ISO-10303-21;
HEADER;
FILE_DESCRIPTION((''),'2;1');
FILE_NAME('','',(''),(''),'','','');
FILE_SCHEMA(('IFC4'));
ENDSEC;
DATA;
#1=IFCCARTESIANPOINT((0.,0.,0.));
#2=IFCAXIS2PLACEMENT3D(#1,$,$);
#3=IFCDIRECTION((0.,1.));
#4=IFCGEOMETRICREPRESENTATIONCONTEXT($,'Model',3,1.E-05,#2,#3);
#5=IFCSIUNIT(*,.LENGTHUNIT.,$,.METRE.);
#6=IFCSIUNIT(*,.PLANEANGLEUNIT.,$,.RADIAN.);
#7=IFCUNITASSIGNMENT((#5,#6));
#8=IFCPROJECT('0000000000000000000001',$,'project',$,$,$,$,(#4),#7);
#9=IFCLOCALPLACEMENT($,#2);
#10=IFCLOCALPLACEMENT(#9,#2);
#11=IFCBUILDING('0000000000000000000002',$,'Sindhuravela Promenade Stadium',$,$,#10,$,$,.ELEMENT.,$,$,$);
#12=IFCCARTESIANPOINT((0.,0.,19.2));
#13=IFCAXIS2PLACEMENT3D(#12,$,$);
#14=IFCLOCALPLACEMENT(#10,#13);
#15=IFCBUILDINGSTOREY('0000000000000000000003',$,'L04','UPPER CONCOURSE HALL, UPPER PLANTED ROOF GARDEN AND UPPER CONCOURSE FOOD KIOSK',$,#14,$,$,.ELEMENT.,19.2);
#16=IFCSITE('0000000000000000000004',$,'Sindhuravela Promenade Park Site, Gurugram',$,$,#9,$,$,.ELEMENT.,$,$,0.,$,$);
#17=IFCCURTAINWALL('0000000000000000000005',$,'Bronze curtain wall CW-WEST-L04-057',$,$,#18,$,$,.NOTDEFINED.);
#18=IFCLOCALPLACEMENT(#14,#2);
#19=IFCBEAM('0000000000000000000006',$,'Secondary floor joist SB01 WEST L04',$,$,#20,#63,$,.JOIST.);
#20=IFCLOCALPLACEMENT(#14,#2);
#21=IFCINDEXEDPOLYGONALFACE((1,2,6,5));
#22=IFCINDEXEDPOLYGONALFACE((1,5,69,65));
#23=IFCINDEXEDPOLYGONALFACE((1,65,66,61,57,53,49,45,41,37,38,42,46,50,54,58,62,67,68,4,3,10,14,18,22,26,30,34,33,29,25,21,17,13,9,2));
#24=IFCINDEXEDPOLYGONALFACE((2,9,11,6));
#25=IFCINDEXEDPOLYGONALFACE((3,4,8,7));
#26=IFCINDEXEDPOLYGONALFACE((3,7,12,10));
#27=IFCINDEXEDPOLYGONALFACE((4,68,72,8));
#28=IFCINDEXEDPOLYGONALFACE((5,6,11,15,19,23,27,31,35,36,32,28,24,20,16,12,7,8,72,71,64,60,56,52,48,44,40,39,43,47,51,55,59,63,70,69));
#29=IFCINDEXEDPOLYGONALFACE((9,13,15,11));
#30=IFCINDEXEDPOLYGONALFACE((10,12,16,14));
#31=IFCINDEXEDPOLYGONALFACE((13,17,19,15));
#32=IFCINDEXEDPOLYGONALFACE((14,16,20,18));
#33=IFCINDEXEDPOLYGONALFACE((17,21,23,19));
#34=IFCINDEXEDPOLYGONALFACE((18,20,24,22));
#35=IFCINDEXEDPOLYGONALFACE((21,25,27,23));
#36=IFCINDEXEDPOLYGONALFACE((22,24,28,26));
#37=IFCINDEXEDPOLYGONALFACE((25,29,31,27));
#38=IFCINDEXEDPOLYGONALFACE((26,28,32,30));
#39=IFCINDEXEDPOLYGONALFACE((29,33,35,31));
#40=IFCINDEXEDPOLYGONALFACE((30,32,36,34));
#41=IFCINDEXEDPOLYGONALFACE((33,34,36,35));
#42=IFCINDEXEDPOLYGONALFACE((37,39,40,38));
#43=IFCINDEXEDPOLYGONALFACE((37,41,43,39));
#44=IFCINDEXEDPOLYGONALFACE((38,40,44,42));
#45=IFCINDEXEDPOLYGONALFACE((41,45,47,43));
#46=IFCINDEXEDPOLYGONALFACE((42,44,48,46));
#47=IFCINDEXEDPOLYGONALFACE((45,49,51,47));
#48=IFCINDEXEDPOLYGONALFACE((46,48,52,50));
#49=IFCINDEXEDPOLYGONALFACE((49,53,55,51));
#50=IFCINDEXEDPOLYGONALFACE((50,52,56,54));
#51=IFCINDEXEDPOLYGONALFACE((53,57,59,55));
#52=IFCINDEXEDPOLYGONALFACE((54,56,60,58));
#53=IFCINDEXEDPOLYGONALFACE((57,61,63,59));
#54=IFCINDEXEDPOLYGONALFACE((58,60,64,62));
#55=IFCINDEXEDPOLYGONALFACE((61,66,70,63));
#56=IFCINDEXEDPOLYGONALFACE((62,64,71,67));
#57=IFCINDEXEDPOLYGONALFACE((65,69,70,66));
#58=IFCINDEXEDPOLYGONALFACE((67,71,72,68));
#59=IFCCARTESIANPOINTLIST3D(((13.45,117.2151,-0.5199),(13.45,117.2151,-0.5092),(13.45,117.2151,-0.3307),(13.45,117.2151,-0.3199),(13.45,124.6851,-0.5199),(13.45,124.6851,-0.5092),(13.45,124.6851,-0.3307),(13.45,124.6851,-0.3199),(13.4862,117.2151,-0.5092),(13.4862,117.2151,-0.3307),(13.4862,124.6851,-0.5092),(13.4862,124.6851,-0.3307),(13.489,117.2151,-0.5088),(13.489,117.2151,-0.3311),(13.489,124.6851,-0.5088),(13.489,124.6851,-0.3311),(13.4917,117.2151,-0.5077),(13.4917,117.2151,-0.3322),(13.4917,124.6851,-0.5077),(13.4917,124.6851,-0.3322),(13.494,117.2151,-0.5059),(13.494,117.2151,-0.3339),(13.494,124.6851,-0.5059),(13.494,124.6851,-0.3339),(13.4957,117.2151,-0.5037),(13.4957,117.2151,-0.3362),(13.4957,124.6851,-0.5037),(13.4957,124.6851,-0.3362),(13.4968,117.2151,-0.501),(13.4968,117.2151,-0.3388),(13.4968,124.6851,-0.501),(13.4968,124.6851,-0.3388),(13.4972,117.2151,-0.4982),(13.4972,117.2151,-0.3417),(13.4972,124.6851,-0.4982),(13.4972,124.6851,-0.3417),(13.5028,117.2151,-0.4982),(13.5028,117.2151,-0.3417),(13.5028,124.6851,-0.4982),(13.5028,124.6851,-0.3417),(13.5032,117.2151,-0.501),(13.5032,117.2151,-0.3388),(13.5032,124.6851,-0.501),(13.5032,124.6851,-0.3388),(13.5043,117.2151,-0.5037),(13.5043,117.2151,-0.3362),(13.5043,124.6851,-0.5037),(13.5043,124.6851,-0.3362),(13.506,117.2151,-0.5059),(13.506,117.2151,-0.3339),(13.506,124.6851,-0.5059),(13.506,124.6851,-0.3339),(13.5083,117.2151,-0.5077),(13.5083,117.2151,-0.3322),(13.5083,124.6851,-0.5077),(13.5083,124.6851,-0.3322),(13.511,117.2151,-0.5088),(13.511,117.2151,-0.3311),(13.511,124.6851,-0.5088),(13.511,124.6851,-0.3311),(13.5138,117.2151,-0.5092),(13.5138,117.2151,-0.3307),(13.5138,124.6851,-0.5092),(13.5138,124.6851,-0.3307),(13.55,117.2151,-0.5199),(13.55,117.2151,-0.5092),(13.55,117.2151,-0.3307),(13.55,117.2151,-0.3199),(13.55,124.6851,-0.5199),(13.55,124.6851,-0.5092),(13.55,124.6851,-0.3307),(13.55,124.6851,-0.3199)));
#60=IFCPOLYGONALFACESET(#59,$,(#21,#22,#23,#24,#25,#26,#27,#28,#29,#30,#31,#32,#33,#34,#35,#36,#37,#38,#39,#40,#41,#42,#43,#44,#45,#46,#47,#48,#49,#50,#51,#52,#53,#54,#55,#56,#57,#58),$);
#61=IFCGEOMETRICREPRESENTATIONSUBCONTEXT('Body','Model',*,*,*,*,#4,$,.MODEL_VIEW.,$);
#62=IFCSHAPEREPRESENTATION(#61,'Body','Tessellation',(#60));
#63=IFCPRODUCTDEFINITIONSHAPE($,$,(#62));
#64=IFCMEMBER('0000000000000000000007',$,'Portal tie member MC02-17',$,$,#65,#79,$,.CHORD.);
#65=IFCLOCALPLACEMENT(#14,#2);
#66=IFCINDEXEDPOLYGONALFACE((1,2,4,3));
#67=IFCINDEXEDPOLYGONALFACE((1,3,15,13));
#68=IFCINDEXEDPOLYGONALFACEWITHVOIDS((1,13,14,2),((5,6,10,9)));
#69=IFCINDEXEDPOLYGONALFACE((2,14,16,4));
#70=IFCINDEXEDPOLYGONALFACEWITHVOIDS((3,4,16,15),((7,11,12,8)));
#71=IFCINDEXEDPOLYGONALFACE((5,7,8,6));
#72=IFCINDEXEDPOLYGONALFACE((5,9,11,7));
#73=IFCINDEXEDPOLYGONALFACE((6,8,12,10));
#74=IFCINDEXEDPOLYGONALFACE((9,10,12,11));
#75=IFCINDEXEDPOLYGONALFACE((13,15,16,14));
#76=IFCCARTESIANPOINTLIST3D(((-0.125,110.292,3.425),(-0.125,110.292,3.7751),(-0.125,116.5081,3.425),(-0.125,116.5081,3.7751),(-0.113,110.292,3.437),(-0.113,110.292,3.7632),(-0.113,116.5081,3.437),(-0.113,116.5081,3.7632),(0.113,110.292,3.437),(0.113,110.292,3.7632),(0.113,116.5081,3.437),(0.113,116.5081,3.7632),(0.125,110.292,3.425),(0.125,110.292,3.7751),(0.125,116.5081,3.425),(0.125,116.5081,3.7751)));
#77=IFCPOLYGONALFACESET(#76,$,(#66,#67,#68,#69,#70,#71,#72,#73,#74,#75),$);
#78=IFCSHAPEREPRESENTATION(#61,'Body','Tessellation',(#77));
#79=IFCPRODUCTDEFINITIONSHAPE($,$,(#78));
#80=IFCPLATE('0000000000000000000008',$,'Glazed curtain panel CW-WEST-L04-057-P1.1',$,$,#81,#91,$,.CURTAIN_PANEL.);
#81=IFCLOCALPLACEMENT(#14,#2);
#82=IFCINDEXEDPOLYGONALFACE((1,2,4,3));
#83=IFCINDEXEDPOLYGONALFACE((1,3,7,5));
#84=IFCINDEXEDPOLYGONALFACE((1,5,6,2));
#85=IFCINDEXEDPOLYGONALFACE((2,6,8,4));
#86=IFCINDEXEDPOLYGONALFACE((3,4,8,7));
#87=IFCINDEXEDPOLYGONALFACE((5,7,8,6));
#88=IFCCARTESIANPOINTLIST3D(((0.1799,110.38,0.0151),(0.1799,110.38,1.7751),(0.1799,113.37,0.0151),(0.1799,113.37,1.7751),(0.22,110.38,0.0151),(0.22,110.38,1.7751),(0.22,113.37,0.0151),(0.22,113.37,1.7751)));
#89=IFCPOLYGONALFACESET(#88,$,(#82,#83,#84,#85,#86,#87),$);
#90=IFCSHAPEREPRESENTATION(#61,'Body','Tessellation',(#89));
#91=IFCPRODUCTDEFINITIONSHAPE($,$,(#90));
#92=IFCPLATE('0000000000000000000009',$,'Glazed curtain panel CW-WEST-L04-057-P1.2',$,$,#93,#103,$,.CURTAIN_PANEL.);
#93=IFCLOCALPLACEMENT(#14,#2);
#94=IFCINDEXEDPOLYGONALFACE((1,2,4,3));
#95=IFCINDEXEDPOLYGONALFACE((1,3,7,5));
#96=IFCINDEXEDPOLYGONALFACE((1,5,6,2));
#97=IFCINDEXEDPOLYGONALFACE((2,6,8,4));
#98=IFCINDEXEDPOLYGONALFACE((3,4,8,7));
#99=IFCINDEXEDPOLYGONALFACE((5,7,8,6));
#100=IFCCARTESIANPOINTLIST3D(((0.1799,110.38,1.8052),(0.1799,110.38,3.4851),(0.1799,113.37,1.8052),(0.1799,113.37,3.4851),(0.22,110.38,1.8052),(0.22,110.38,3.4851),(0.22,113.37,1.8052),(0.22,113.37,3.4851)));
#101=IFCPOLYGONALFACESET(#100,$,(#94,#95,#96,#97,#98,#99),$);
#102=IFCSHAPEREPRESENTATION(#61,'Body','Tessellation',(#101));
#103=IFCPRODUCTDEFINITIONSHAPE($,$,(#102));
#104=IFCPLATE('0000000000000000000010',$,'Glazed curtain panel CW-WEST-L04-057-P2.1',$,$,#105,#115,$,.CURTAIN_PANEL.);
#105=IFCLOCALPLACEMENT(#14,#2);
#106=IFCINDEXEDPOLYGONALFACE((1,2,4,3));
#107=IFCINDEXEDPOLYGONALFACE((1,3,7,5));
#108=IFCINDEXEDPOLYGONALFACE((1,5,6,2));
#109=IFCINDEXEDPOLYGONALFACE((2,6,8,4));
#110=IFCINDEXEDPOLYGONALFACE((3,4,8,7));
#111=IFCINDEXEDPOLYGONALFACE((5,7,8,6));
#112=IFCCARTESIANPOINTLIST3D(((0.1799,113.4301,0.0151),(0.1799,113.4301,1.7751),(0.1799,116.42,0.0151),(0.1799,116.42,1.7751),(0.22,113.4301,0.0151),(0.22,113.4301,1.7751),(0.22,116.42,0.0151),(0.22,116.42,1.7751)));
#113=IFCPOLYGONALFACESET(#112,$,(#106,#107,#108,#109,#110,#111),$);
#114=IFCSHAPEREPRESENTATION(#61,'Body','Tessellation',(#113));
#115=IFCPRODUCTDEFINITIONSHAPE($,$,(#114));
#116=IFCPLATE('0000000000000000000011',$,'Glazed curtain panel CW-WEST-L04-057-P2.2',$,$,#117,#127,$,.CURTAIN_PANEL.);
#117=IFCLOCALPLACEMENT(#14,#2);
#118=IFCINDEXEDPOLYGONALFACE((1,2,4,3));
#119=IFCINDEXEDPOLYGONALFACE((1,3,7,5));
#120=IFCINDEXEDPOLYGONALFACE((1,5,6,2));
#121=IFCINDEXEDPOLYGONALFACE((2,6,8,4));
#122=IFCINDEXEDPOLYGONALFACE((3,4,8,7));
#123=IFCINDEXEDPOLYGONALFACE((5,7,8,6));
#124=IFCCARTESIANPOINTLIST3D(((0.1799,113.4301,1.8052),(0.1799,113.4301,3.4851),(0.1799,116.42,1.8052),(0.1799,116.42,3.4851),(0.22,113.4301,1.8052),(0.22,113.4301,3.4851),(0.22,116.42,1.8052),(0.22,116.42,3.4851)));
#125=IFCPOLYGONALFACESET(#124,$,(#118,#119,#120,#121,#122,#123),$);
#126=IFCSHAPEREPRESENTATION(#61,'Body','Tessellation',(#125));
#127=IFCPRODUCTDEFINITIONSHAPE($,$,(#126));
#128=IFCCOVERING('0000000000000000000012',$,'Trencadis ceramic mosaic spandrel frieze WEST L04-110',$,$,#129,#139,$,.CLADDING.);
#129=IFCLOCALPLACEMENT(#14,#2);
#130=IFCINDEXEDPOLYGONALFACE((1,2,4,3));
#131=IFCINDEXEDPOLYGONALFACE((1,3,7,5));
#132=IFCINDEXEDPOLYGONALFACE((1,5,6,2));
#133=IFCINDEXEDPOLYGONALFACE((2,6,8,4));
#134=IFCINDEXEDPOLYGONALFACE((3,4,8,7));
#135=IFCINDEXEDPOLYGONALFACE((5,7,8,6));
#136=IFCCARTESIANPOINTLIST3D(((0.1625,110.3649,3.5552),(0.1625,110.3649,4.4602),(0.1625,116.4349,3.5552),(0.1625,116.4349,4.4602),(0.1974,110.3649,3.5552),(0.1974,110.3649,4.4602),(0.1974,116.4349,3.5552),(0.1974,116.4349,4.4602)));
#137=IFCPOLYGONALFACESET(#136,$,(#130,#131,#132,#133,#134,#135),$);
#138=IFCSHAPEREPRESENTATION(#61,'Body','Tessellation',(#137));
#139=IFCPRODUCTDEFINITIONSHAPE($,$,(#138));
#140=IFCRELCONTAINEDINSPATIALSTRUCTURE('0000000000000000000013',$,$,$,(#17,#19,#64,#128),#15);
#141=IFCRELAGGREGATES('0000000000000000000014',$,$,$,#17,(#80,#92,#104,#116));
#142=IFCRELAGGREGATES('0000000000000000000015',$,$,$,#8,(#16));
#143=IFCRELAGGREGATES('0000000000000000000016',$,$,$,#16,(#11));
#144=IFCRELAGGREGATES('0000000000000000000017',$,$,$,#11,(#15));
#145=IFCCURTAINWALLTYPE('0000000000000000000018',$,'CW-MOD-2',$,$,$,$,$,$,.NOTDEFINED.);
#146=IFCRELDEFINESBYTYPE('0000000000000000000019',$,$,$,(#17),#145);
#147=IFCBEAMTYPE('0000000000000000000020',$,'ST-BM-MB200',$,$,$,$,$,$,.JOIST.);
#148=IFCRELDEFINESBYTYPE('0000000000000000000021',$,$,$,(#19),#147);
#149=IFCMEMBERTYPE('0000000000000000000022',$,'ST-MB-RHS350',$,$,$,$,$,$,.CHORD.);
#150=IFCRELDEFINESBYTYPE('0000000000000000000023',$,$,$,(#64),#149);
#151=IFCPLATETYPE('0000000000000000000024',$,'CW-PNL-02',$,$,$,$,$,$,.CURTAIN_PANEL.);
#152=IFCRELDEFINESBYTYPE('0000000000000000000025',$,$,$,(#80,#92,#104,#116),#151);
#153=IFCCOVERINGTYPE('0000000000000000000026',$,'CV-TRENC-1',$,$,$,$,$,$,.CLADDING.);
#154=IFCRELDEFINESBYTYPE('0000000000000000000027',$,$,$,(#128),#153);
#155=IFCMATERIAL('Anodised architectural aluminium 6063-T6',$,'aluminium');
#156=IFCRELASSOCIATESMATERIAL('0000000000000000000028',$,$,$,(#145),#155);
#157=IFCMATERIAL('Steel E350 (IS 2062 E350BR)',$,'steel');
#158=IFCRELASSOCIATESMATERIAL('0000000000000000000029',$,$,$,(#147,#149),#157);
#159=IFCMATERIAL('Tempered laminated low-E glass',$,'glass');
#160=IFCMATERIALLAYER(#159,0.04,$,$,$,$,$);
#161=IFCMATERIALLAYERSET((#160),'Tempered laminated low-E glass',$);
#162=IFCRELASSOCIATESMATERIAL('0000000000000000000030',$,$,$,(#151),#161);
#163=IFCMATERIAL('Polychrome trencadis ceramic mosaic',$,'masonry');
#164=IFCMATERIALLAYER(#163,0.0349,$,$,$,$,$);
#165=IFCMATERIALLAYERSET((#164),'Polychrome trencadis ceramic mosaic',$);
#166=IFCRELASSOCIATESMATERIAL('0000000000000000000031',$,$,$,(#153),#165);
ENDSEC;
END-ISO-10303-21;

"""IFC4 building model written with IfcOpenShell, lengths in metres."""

from ifc_helpers import new_model, si_unit, direction, frame, origin, origin_2d, place, context, subcontext, project, spatial, rectangle, hollow_rectangle, i_section, extrude, material, layer, layer_set, material_profile, profile_set, type_object, element, aggregate, save


model = new_model("IFC4")

# Units and contexts
model_context = context("Model", 3, precision=1e-05, world=origin(), true_north=direction((0.0, 1.0)))
body_context = subcontext(model_context, "Body", "Model", "MODEL_VIEW")
ifc_project = project(units=[si_unit("LENGTHUNIT", "METRE"), si_unit("PLANEANGLEUNIT", "RADIAN")], contexts=[model_context])

# Site, building, storey
site_placement = place(None, origin())
site = spatial("IfcSite", under=ifc_project, at=site_placement, Name="Sindhuravela Promenade Park Site, Gurugram", CompositionType="ELEMENT", RefElevation=0.0)
building_placement = place(site_placement, origin())
building = spatial("IfcBuilding", under=site, at=building_placement, Name="Sindhuravela Promenade Stadium", CompositionType="ELEMENT")
storey_placement = place(building_placement, frame((0.0, 0.0, 19.2)))
storey = spatial("IfcBuildingStorey", under=building, at=storey_placement, Name="L04", Description="UPPER CONCOURSE HALL, UPPER PLANTED ROOF GARDEN AND UPPER CONCOURSE FOOD KIOSK", CompositionType="ELEMENT", Elevation=19.2)

# Curtain wall
ifc_material_1 = material(Name="Anodised architectural aluminium 6063-T6", Category="aluminium")
curtain_wall_type = type_object("IfcCurtainWallType", Name="CW-MOD-2", PredefinedType="NOTDEFINED", material=ifc_material_1)
curtain_wall_placement = place(storey_placement, origin())
curtain_wall = element("IfcCurtainWall", 1, at=curtain_wall_placement, inside=storey, type_object=curtain_wall_type, Name="Bronze curtain wall CW-WEST-L04-057", PredefinedType="NOTDEFINED")

# Beam
ifc_material_2 = material(Name="Steel E350 (IS 2062 E350BR)", Category="steel")
ifc_material_profile_1 = material_profile(ifc_material_2, i_section(OverallWidth=0.1001, OverallDepth=0.2, WebThickness=0.0056, FlangeThickness=0.0107, FilletRadius=0.011, at=origin_2d()), Name="ISMB 200")
ifc_profile_set_1 = profile_set([ifc_material_profile_1], Name="Steel E350 (IS 2062 E350BR)")
beam_type_1 = type_object("IfcBeamType", Name="ST-BM-MB200", PredefinedType="JOIST", material=ifc_profile_set_1)
beam_1_placement = place(storey_placement, frame((13.5, 117.2151, -0.4199), z_axis=(0.0, 1.0, 0.0), x_axis=(-1.0, 0.0, 0.0)))
element("IfcBeam", 2, at=beam_1_placement, inside=storey, type_object=beam_type_1, Name="Secondary floor joist SB01 WEST L04", PredefinedType="JOIST", context=body_context, shape_type="SweptSolid", body=[
    extrude(i_section(OverallWidth=0.1001, OverallDepth=0.2, WebThickness=0.0056, FlangeThickness=0.0107, FilletRadius=0.011, at=origin_2d()), origin(), (0.0, 0.0, 1.0), 7.47),
])

# Member
ifc_material_profile_2 = material_profile(ifc_material_2, hollow_rectangle(XDim=0.25, YDim=0.3501, WallThickness=0.012, at=origin_2d()), Name="RHS 350x250x12")
ifc_profile_set_2 = profile_set([ifc_material_profile_2], Name="Steel E350 (IS 2062 E350BR)")
member_type_1 = type_object("IfcMemberType", Name="ST-MB-RHS350", PredefinedType="CHORD", material=ifc_profile_set_2)
member_1_placement = place(storey_placement, frame((0.0, 110.292, 3.6001), z_axis=(0.0, 1.0, 0.0), x_axis=(-1.0, 0.0, 0.0)))
element("IfcMember", 3, at=member_1_placement, inside=storey, type_object=member_type_1, Name="Portal tie member MC02-17", PredefinedType="CHORD", context=body_context, shape_type="SweptSolid", body=[
    extrude(hollow_rectangle(XDim=0.25, YDim=0.3501, WallThickness=0.012, at=origin_2d()), origin(), (0.0, 0.0, 1.0), 6.2161),
])

# Plates
ifc_material_3 = material(Name="Tempered laminated low-E glass", Category="glass")
ifc_layer_1 = layer(ifc_material_3, 0.04)
ifc_layer_set_1 = layer_set([ifc_layer_1], Name="Tempered laminated low-E glass")
plate_type = type_object("IfcPlateType", Name="CW-PNL-02", PredefinedType="CURTAIN_PANEL", material=ifc_layer_set_1)
plate_1_placement = place(storey_placement, frame((0.2, 111.875, 0.0151), z_axis=(0.0, 0.0, 1.0), x_axis=(0.0, 1.0, 0.0)))
plate_1 = element("IfcPlate", 4, at=plate_1_placement, type_object=plate_type, Name="Glazed curtain panel CW-WEST-L04-057-P1.1", PredefinedType="CURTAIN_PANEL", context=body_context, shape_type="SweptSolid", body=[
    extrude(rectangle(XDim=2.99, YDim=0.04, at=origin_2d()), origin(), (0.0, 0.0, 1.0), 1.76),
])
plate_2_placement = place(storey_placement, frame((0.2, 111.875, 1.8052), z_axis=(0.0, 0.0, 1.0), x_axis=(0.0, 1.0, 0.0)))
plate_2 = element("IfcPlate", 5, at=plate_2_placement, type_object=plate_type, Name="Glazed curtain panel CW-WEST-L04-057-P1.2", PredefinedType="CURTAIN_PANEL", context=body_context, shape_type="SweptSolid", body=[
    extrude(rectangle(XDim=2.99, YDim=0.04, at=origin_2d()), origin(), (0.0, 0.0, 1.0), 1.6799),
])
plate_3_placement = place(storey_placement, frame((0.2, 114.925, 0.0151), z_axis=(0.0, 0.0, 1.0), x_axis=(0.0, 1.0, 0.0)))
plate_3 = element("IfcPlate", 6, at=plate_3_placement, type_object=plate_type, Name="Glazed curtain panel CW-WEST-L04-057-P2.1", PredefinedType="CURTAIN_PANEL", context=body_context, shape_type="SweptSolid", body=[
    extrude(rectangle(XDim=2.99, YDim=0.04, at=origin_2d()), origin(), (0.0, 0.0, 1.0), 1.76),
])
plate_4_placement = place(storey_placement, frame((0.2, 114.925, 1.8052), z_axis=(0.0, 0.0, 1.0), x_axis=(0.0, 1.0, 0.0)))
plate_4 = element("IfcPlate", 7, at=plate_4_placement, type_object=plate_type, Name="Glazed curtain panel CW-WEST-L04-057-P2.2", PredefinedType="CURTAIN_PANEL", context=body_context, shape_type="SweptSolid", body=[
    extrude(rectangle(XDim=2.99, YDim=0.04, at=origin_2d()), origin(), (0.0, 0.0, 1.0), 1.6799),
])
aggregate(curtain_wall, [plate_1, plate_2, plate_3, plate_4])

# Covering
ifc_material_4 = material(Name="Polychrome trencadis ceramic mosaic", Category="masonry")
ifc_layer_2 = layer(ifc_material_4, 0.0349)
ifc_layer_set_2 = layer_set([ifc_layer_2], Name="Polychrome trencadis ceramic mosaic")
covering_type = type_object("IfcCoveringType", Name="CV-TRENC-1", PredefinedType="CLADDING", material=ifc_layer_set_2)
covering_placement = place(storey_placement, frame((0.1799, 113.3999, 3.5552), z_axis=(0.0, 0.0, 1.0), x_axis=(0.0, 1.0, 0.0)))
element("IfcCovering", 8, at=covering_placement, inside=storey, type_object=covering_type, Name="Trencadis ceramic mosaic spandrel frieze WEST L04-110", PredefinedType="CLADDING", context=body_context, shape_type="SweptSolid", body=[
    extrude(rectangle(XDim=6.0701, YDim=0.0349, at=origin_2d()), origin(), (0.0, 0.0, 1.0), 0.905),
])

save(model, "model.ifc")
